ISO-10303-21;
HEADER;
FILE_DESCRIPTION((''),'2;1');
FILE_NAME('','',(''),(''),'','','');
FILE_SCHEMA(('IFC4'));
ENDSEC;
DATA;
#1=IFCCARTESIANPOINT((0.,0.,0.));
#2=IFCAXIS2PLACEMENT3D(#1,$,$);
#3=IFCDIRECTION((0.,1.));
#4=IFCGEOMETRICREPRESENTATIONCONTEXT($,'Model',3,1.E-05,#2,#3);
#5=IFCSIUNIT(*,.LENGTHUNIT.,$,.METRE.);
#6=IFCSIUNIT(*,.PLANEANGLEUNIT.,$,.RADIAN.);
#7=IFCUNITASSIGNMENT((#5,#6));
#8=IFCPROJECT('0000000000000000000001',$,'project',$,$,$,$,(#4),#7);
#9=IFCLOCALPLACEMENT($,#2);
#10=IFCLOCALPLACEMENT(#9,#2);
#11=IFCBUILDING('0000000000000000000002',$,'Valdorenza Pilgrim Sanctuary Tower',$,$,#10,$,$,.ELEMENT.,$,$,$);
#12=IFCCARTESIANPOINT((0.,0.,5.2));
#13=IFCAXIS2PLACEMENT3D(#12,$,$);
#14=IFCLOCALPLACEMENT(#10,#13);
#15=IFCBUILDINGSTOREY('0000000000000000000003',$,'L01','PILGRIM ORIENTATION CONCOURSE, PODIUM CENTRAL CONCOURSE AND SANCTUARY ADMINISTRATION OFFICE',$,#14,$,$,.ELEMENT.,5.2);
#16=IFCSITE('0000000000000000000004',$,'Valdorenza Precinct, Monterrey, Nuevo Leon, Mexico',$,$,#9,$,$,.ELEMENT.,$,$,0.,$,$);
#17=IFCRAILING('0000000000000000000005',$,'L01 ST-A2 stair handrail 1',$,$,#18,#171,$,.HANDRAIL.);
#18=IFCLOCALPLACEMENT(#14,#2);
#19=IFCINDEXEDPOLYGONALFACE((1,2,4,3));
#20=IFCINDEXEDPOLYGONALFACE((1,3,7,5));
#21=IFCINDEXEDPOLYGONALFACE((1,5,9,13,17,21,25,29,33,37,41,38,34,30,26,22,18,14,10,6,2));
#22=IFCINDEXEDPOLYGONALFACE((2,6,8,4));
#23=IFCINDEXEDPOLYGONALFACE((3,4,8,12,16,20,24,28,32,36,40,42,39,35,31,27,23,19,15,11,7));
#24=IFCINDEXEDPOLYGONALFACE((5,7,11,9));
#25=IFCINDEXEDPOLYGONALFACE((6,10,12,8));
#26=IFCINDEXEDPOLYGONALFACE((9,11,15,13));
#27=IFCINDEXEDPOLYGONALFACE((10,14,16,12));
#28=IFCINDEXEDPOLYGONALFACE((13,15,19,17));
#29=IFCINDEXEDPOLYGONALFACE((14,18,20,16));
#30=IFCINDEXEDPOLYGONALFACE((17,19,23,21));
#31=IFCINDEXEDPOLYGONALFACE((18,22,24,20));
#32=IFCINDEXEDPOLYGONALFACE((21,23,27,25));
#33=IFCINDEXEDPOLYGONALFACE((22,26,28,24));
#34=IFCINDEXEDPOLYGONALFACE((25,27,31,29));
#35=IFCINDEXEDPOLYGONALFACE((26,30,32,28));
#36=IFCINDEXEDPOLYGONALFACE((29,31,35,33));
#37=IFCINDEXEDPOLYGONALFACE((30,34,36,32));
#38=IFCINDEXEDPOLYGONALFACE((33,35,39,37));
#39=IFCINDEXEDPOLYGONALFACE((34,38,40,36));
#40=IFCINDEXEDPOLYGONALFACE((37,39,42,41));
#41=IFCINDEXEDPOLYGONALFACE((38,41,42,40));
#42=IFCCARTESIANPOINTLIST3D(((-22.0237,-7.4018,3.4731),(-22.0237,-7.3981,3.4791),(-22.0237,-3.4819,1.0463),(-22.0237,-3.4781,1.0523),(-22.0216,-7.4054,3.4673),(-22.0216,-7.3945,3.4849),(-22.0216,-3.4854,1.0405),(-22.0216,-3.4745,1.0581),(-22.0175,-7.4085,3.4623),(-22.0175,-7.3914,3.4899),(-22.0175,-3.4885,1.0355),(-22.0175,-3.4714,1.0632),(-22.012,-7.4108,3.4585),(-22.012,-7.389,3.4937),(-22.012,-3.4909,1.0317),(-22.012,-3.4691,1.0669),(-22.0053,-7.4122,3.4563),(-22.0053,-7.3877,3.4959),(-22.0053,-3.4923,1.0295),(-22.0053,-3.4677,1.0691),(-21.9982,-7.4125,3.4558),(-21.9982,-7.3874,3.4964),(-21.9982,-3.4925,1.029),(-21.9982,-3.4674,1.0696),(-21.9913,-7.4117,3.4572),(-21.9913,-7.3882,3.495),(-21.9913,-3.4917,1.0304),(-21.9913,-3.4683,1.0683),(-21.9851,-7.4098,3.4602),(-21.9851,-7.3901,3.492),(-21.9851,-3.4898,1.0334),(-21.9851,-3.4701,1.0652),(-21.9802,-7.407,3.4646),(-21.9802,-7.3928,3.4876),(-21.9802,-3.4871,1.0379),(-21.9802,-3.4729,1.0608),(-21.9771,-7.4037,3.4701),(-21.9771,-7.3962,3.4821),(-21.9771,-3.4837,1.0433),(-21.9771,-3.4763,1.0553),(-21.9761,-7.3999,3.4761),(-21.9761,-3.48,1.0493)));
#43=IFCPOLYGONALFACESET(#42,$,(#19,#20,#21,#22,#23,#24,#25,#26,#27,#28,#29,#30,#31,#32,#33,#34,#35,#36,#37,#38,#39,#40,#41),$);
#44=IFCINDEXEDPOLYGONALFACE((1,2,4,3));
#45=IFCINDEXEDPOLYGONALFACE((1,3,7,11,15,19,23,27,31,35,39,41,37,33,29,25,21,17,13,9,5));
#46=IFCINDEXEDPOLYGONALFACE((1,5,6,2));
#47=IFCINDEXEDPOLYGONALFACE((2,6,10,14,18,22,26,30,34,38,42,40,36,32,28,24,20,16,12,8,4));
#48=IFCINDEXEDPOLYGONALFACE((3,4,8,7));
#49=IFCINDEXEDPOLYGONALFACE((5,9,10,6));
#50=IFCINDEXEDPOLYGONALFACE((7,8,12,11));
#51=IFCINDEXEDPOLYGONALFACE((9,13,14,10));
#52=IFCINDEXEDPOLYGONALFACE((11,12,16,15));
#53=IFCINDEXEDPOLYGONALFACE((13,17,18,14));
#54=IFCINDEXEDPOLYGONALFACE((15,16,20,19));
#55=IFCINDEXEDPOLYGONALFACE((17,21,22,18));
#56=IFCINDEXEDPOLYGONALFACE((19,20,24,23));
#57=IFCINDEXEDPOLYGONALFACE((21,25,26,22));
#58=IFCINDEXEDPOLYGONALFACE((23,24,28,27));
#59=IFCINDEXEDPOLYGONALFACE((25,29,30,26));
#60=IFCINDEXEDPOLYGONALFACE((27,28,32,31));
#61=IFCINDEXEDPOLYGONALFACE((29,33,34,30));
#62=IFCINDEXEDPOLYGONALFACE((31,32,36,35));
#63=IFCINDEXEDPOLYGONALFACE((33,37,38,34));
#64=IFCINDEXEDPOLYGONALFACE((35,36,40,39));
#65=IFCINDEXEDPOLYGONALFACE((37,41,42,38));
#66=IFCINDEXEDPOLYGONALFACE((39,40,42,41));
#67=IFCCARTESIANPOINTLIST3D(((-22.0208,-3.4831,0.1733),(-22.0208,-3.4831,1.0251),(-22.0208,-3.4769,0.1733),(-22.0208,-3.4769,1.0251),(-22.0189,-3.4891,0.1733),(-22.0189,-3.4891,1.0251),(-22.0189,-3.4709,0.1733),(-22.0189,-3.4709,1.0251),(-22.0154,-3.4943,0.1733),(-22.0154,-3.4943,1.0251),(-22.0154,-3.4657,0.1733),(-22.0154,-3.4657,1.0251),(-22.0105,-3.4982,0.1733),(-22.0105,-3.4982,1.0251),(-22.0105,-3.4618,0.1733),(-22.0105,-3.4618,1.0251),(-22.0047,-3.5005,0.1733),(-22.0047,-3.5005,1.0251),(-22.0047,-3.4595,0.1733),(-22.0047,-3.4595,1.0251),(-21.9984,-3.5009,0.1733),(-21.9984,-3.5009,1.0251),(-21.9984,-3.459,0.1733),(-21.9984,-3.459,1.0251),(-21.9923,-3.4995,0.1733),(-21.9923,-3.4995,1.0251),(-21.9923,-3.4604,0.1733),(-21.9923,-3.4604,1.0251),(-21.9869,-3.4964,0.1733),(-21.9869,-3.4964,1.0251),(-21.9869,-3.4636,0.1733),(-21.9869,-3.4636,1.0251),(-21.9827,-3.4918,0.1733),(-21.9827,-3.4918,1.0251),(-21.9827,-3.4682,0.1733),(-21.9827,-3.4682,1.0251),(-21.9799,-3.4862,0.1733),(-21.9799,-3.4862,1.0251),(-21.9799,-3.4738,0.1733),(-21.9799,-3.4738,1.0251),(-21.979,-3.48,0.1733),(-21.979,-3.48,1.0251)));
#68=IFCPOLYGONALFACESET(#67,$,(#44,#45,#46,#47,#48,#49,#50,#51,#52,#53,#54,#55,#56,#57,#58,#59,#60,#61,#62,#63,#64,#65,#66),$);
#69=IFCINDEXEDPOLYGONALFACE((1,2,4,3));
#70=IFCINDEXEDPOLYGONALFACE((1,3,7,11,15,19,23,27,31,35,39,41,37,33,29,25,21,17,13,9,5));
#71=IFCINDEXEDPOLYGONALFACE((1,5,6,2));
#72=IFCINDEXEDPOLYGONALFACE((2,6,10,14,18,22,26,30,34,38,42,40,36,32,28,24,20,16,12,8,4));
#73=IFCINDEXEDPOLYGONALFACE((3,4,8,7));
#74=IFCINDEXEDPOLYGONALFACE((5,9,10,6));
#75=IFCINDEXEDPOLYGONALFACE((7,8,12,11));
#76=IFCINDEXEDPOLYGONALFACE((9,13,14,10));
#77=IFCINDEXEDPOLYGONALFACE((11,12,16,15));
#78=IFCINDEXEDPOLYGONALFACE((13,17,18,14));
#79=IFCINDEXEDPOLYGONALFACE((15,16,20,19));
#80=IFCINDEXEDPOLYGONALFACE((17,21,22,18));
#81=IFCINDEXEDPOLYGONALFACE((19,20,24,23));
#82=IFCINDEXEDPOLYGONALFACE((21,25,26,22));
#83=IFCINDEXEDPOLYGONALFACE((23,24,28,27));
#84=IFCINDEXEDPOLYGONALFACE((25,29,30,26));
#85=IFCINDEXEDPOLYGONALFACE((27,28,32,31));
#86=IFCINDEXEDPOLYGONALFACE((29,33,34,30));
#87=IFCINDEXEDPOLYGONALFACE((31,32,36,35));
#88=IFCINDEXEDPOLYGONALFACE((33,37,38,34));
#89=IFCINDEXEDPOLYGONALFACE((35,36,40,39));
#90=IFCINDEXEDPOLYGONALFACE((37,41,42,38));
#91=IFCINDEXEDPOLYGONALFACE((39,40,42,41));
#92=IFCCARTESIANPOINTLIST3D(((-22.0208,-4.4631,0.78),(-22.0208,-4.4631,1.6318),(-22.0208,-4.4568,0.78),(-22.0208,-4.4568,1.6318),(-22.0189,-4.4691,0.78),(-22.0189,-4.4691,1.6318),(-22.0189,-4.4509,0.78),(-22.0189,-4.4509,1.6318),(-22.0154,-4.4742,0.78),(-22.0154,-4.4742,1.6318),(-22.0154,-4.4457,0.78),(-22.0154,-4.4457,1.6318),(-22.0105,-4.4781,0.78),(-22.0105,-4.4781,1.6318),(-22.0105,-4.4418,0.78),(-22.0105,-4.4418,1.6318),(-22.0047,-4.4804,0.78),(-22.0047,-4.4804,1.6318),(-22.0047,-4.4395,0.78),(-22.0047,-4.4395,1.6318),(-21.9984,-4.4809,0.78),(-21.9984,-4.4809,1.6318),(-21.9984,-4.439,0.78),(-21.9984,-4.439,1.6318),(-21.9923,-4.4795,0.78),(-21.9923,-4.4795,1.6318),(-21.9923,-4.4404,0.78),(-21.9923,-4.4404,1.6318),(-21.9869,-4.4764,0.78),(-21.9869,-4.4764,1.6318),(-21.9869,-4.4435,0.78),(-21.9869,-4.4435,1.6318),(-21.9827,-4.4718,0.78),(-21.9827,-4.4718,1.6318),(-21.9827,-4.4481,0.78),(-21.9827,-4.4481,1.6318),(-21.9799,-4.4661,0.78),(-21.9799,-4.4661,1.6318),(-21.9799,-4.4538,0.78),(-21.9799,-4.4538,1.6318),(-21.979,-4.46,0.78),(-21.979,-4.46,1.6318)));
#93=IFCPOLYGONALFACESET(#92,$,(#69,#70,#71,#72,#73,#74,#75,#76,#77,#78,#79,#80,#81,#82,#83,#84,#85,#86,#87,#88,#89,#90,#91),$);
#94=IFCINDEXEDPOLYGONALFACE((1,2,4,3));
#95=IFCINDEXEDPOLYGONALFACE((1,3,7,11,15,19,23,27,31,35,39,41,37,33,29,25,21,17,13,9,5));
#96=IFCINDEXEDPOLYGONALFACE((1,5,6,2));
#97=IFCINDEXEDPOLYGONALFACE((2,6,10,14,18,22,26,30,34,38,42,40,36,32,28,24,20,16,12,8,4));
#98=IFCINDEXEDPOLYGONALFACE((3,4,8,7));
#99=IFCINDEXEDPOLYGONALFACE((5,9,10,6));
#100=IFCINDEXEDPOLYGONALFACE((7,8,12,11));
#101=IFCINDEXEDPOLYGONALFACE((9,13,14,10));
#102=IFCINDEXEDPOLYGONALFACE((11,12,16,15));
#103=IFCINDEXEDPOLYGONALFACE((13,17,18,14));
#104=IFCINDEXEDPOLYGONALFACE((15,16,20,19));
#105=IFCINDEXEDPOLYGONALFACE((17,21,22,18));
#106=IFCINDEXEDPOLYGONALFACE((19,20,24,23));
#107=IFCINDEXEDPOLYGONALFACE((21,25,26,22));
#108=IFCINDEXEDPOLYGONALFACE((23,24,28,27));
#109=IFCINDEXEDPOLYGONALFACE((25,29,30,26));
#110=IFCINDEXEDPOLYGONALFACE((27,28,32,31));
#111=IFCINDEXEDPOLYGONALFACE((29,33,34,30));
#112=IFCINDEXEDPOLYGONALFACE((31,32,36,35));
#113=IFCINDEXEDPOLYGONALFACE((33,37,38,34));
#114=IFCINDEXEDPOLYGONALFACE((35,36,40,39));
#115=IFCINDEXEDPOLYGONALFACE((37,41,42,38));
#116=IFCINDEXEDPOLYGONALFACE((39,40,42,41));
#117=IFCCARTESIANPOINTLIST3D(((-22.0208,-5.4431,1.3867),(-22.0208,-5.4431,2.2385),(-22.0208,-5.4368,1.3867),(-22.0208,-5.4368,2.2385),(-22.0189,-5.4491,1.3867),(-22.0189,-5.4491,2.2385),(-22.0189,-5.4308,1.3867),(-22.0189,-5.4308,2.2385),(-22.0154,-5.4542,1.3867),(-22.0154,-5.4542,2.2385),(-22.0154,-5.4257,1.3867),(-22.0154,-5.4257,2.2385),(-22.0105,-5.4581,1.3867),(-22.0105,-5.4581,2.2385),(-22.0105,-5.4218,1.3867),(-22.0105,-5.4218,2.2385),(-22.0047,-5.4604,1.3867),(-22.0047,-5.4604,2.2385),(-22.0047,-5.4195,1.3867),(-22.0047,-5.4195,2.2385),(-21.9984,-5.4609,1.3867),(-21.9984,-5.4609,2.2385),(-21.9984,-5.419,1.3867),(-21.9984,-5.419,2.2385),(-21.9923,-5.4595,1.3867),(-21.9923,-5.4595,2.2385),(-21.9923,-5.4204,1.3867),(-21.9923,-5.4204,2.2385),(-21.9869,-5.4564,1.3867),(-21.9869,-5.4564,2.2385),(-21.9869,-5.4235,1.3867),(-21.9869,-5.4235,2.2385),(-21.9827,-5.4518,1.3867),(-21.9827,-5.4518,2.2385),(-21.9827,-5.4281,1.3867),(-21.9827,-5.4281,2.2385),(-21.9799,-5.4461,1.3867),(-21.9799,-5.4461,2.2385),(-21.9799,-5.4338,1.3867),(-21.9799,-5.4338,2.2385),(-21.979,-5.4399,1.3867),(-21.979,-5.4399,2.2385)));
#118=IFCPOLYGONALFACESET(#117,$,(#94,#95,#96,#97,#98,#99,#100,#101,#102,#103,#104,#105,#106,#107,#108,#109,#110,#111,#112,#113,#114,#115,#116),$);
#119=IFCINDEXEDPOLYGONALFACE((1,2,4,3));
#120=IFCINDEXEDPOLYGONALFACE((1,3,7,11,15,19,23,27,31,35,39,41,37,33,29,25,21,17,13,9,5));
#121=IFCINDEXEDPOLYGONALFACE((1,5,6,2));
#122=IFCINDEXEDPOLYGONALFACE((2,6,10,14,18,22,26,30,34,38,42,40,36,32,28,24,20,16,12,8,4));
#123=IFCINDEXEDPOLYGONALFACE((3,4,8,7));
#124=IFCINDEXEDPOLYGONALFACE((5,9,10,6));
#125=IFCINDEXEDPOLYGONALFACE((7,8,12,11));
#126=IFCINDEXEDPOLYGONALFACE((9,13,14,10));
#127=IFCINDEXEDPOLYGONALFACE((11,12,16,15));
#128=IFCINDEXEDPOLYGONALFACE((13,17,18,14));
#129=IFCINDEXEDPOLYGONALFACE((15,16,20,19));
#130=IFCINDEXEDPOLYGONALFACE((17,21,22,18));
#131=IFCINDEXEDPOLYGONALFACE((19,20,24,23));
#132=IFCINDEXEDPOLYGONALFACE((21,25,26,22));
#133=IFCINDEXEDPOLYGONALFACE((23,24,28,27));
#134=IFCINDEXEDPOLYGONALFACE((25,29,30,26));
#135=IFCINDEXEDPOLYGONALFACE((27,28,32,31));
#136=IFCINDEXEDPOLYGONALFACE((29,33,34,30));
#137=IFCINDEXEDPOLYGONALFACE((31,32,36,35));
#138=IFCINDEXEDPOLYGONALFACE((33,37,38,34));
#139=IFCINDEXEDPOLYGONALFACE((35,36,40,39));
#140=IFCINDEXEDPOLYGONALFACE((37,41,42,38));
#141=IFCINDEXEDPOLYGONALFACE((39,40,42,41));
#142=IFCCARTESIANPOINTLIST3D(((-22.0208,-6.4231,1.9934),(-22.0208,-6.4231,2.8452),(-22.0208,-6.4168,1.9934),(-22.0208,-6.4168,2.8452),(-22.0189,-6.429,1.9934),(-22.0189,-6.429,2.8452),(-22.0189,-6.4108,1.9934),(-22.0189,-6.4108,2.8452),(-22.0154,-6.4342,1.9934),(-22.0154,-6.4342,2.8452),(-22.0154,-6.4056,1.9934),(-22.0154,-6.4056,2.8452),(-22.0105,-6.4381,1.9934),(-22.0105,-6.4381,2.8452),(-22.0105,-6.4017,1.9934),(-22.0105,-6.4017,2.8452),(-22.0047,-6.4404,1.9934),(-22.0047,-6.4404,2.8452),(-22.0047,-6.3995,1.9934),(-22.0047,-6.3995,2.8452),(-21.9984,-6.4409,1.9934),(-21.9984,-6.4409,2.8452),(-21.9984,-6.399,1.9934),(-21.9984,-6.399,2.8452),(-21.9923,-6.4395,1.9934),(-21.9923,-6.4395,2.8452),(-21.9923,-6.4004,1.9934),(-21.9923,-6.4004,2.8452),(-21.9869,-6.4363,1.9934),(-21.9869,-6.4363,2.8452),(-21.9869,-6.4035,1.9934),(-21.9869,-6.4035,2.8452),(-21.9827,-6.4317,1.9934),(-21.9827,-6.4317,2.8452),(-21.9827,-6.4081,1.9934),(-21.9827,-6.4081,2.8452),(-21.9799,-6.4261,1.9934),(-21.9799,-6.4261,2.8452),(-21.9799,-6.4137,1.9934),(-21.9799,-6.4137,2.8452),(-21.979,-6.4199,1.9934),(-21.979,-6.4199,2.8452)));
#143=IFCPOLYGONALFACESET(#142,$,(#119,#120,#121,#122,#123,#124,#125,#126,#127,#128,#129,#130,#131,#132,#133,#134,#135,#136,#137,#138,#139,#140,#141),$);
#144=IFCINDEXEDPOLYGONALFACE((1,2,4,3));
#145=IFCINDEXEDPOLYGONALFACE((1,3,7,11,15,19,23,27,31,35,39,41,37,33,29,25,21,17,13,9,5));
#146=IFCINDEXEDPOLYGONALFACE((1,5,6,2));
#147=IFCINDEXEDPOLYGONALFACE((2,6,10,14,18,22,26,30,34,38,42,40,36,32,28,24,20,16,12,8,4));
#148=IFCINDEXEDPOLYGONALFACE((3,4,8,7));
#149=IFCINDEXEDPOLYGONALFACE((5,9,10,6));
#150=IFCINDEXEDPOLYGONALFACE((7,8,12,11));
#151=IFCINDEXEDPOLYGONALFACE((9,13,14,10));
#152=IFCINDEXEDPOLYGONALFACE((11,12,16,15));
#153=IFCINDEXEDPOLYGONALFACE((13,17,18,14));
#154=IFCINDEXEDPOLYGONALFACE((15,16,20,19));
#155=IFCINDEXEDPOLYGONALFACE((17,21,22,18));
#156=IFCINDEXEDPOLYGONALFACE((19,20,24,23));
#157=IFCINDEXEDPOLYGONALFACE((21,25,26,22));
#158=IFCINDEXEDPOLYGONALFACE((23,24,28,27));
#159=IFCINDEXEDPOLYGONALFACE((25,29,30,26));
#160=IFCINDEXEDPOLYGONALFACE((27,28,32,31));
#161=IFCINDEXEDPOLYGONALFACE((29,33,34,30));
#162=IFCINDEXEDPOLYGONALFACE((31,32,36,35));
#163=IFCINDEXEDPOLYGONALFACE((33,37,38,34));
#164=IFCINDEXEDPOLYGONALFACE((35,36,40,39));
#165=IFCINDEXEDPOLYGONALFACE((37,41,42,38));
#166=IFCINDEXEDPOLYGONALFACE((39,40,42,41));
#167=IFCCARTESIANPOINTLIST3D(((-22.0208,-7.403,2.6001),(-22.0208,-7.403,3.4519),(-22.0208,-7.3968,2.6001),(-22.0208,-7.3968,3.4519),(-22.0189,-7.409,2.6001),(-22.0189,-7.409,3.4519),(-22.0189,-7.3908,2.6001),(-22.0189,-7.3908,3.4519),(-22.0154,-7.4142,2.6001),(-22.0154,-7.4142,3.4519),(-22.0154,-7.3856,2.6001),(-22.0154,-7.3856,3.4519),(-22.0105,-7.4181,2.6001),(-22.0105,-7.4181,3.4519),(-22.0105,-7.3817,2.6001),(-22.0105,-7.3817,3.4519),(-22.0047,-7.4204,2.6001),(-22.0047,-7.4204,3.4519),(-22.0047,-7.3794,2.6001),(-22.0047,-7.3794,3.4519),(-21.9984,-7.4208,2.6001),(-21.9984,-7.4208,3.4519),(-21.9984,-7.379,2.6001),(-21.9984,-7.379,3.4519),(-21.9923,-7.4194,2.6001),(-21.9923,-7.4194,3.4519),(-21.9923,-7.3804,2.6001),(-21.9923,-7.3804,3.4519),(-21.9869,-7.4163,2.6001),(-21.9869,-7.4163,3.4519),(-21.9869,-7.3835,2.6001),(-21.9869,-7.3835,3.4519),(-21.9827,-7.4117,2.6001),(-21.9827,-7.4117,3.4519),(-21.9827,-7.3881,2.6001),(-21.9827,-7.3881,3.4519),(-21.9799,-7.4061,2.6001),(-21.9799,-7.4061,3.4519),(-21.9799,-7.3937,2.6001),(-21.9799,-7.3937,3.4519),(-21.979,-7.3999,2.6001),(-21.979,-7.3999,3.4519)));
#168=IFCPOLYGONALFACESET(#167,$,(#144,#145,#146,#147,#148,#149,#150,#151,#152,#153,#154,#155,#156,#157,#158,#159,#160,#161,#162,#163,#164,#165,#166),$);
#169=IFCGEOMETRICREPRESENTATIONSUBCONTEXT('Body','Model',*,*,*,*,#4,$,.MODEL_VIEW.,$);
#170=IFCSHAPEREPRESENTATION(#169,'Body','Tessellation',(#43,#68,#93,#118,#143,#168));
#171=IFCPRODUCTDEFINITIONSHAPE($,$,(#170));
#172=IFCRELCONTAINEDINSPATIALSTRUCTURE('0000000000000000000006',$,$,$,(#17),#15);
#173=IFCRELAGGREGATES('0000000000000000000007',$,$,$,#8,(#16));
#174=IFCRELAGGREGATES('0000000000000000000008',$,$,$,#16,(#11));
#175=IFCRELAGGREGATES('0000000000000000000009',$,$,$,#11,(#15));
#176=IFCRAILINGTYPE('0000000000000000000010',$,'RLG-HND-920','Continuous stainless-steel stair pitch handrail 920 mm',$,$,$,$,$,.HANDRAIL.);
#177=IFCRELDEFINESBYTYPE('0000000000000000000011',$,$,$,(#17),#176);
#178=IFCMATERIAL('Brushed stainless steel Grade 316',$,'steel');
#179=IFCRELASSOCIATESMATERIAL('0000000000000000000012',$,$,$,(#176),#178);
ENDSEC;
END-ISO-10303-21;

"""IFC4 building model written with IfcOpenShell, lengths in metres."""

from ifc_helpers import new_model, si_unit, direction, frame, origin, origin_2d, place, context, subcontext, project, spatial, circle, extrude, material, type_object, element, save


model = new_model("IFC4")

# Units and contexts
model_context = context("Model", 3, precision=1e-05, world=origin(), true_north=direction((0.0, 1.0)))
body_context = subcontext(model_context, "Body", "Model", "MODEL_VIEW")
ifc_project = project(units=[si_unit("LENGTHUNIT", "METRE"), si_unit("PLANEANGLEUNIT", "RADIAN")], contexts=[model_context])

# Site, building, storey
site_placement = place(None, origin())
site = spatial("IfcSite", under=ifc_project, at=site_placement, Name="Valdorenza Precinct, Monterrey, Nuevo Leon, Mexico", CompositionType="ELEMENT", RefElevation=0.0)
building_placement = place(site_placement, origin())
building = spatial("IfcBuilding", under=site, at=building_placement, Name="Valdorenza Pilgrim Sanctuary Tower", CompositionType="ELEMENT")
storey_placement = place(building_placement, frame((0.0, 0.0, 5.2)))
storey = spatial("IfcBuildingStorey", under=building, at=storey_placement, Name="L01", Description="PILGRIM ORIENTATION CONCOURSE, PODIUM CENTRAL CONCOURSE AND SANCTUARY ADMINISTRATION OFFICE", CompositionType="ELEMENT", Elevation=5.2)

# Railing
ifc_material_1 = material(Name="Brushed stainless steel Grade 316", Category="steel")
railing_type = type_object("IfcRailingType", Name="RLG-HND-920", Description="Continuous stainless-steel stair pitch handrail 920 mm", PredefinedType="HANDRAIL", material=ifc_material_1)
railing_placement = place(storey_placement, frame((-22.0, -3.48, 0.1733)))
element("IfcRailing", 1, at=railing_placement, inside=storey, type_object=railing_type, Name="L01 ST-A2 stair handrail 1", PredefinedType="HANDRAIL", context=body_context, shape_type="SweptSolid", body=[
    extrude(circle(Radius=0.0239, at=origin_2d()), frame((0.0, 0.0, 0.876), z_axis=(0.0, -0.850252, 0.526376), x_axis=(1.0, 0.0, 0.0)), (0.0, 0.0, 1.0), 4.6104),
    extrude(circle(Radius=0.021, at=origin_2d()), origin(), (0.0, 0.0, 1.0), 0.8518),
    extrude(circle(Radius=0.021, at=origin_2d()), frame((0.0, -0.98, 0.6067)), (0.0, 0.0, 1.0), 0.8518),
    extrude(circle(Radius=0.021, at=origin_2d()), frame((0.0, -1.96, 1.2134)), (0.0, 0.0, 1.0), 0.8518),
    extrude(circle(Radius=0.021, at=origin_2d()), frame((0.0, -2.9399, 1.8201)), (0.0, 0.0, 1.0), 0.8518),
    extrude(circle(Radius=0.021, at=origin_2d()), frame((0.0, -3.9199, 2.4268)), (0.0, 0.0, 1.0), 0.8518),
])

save(model, "model.ifc")
